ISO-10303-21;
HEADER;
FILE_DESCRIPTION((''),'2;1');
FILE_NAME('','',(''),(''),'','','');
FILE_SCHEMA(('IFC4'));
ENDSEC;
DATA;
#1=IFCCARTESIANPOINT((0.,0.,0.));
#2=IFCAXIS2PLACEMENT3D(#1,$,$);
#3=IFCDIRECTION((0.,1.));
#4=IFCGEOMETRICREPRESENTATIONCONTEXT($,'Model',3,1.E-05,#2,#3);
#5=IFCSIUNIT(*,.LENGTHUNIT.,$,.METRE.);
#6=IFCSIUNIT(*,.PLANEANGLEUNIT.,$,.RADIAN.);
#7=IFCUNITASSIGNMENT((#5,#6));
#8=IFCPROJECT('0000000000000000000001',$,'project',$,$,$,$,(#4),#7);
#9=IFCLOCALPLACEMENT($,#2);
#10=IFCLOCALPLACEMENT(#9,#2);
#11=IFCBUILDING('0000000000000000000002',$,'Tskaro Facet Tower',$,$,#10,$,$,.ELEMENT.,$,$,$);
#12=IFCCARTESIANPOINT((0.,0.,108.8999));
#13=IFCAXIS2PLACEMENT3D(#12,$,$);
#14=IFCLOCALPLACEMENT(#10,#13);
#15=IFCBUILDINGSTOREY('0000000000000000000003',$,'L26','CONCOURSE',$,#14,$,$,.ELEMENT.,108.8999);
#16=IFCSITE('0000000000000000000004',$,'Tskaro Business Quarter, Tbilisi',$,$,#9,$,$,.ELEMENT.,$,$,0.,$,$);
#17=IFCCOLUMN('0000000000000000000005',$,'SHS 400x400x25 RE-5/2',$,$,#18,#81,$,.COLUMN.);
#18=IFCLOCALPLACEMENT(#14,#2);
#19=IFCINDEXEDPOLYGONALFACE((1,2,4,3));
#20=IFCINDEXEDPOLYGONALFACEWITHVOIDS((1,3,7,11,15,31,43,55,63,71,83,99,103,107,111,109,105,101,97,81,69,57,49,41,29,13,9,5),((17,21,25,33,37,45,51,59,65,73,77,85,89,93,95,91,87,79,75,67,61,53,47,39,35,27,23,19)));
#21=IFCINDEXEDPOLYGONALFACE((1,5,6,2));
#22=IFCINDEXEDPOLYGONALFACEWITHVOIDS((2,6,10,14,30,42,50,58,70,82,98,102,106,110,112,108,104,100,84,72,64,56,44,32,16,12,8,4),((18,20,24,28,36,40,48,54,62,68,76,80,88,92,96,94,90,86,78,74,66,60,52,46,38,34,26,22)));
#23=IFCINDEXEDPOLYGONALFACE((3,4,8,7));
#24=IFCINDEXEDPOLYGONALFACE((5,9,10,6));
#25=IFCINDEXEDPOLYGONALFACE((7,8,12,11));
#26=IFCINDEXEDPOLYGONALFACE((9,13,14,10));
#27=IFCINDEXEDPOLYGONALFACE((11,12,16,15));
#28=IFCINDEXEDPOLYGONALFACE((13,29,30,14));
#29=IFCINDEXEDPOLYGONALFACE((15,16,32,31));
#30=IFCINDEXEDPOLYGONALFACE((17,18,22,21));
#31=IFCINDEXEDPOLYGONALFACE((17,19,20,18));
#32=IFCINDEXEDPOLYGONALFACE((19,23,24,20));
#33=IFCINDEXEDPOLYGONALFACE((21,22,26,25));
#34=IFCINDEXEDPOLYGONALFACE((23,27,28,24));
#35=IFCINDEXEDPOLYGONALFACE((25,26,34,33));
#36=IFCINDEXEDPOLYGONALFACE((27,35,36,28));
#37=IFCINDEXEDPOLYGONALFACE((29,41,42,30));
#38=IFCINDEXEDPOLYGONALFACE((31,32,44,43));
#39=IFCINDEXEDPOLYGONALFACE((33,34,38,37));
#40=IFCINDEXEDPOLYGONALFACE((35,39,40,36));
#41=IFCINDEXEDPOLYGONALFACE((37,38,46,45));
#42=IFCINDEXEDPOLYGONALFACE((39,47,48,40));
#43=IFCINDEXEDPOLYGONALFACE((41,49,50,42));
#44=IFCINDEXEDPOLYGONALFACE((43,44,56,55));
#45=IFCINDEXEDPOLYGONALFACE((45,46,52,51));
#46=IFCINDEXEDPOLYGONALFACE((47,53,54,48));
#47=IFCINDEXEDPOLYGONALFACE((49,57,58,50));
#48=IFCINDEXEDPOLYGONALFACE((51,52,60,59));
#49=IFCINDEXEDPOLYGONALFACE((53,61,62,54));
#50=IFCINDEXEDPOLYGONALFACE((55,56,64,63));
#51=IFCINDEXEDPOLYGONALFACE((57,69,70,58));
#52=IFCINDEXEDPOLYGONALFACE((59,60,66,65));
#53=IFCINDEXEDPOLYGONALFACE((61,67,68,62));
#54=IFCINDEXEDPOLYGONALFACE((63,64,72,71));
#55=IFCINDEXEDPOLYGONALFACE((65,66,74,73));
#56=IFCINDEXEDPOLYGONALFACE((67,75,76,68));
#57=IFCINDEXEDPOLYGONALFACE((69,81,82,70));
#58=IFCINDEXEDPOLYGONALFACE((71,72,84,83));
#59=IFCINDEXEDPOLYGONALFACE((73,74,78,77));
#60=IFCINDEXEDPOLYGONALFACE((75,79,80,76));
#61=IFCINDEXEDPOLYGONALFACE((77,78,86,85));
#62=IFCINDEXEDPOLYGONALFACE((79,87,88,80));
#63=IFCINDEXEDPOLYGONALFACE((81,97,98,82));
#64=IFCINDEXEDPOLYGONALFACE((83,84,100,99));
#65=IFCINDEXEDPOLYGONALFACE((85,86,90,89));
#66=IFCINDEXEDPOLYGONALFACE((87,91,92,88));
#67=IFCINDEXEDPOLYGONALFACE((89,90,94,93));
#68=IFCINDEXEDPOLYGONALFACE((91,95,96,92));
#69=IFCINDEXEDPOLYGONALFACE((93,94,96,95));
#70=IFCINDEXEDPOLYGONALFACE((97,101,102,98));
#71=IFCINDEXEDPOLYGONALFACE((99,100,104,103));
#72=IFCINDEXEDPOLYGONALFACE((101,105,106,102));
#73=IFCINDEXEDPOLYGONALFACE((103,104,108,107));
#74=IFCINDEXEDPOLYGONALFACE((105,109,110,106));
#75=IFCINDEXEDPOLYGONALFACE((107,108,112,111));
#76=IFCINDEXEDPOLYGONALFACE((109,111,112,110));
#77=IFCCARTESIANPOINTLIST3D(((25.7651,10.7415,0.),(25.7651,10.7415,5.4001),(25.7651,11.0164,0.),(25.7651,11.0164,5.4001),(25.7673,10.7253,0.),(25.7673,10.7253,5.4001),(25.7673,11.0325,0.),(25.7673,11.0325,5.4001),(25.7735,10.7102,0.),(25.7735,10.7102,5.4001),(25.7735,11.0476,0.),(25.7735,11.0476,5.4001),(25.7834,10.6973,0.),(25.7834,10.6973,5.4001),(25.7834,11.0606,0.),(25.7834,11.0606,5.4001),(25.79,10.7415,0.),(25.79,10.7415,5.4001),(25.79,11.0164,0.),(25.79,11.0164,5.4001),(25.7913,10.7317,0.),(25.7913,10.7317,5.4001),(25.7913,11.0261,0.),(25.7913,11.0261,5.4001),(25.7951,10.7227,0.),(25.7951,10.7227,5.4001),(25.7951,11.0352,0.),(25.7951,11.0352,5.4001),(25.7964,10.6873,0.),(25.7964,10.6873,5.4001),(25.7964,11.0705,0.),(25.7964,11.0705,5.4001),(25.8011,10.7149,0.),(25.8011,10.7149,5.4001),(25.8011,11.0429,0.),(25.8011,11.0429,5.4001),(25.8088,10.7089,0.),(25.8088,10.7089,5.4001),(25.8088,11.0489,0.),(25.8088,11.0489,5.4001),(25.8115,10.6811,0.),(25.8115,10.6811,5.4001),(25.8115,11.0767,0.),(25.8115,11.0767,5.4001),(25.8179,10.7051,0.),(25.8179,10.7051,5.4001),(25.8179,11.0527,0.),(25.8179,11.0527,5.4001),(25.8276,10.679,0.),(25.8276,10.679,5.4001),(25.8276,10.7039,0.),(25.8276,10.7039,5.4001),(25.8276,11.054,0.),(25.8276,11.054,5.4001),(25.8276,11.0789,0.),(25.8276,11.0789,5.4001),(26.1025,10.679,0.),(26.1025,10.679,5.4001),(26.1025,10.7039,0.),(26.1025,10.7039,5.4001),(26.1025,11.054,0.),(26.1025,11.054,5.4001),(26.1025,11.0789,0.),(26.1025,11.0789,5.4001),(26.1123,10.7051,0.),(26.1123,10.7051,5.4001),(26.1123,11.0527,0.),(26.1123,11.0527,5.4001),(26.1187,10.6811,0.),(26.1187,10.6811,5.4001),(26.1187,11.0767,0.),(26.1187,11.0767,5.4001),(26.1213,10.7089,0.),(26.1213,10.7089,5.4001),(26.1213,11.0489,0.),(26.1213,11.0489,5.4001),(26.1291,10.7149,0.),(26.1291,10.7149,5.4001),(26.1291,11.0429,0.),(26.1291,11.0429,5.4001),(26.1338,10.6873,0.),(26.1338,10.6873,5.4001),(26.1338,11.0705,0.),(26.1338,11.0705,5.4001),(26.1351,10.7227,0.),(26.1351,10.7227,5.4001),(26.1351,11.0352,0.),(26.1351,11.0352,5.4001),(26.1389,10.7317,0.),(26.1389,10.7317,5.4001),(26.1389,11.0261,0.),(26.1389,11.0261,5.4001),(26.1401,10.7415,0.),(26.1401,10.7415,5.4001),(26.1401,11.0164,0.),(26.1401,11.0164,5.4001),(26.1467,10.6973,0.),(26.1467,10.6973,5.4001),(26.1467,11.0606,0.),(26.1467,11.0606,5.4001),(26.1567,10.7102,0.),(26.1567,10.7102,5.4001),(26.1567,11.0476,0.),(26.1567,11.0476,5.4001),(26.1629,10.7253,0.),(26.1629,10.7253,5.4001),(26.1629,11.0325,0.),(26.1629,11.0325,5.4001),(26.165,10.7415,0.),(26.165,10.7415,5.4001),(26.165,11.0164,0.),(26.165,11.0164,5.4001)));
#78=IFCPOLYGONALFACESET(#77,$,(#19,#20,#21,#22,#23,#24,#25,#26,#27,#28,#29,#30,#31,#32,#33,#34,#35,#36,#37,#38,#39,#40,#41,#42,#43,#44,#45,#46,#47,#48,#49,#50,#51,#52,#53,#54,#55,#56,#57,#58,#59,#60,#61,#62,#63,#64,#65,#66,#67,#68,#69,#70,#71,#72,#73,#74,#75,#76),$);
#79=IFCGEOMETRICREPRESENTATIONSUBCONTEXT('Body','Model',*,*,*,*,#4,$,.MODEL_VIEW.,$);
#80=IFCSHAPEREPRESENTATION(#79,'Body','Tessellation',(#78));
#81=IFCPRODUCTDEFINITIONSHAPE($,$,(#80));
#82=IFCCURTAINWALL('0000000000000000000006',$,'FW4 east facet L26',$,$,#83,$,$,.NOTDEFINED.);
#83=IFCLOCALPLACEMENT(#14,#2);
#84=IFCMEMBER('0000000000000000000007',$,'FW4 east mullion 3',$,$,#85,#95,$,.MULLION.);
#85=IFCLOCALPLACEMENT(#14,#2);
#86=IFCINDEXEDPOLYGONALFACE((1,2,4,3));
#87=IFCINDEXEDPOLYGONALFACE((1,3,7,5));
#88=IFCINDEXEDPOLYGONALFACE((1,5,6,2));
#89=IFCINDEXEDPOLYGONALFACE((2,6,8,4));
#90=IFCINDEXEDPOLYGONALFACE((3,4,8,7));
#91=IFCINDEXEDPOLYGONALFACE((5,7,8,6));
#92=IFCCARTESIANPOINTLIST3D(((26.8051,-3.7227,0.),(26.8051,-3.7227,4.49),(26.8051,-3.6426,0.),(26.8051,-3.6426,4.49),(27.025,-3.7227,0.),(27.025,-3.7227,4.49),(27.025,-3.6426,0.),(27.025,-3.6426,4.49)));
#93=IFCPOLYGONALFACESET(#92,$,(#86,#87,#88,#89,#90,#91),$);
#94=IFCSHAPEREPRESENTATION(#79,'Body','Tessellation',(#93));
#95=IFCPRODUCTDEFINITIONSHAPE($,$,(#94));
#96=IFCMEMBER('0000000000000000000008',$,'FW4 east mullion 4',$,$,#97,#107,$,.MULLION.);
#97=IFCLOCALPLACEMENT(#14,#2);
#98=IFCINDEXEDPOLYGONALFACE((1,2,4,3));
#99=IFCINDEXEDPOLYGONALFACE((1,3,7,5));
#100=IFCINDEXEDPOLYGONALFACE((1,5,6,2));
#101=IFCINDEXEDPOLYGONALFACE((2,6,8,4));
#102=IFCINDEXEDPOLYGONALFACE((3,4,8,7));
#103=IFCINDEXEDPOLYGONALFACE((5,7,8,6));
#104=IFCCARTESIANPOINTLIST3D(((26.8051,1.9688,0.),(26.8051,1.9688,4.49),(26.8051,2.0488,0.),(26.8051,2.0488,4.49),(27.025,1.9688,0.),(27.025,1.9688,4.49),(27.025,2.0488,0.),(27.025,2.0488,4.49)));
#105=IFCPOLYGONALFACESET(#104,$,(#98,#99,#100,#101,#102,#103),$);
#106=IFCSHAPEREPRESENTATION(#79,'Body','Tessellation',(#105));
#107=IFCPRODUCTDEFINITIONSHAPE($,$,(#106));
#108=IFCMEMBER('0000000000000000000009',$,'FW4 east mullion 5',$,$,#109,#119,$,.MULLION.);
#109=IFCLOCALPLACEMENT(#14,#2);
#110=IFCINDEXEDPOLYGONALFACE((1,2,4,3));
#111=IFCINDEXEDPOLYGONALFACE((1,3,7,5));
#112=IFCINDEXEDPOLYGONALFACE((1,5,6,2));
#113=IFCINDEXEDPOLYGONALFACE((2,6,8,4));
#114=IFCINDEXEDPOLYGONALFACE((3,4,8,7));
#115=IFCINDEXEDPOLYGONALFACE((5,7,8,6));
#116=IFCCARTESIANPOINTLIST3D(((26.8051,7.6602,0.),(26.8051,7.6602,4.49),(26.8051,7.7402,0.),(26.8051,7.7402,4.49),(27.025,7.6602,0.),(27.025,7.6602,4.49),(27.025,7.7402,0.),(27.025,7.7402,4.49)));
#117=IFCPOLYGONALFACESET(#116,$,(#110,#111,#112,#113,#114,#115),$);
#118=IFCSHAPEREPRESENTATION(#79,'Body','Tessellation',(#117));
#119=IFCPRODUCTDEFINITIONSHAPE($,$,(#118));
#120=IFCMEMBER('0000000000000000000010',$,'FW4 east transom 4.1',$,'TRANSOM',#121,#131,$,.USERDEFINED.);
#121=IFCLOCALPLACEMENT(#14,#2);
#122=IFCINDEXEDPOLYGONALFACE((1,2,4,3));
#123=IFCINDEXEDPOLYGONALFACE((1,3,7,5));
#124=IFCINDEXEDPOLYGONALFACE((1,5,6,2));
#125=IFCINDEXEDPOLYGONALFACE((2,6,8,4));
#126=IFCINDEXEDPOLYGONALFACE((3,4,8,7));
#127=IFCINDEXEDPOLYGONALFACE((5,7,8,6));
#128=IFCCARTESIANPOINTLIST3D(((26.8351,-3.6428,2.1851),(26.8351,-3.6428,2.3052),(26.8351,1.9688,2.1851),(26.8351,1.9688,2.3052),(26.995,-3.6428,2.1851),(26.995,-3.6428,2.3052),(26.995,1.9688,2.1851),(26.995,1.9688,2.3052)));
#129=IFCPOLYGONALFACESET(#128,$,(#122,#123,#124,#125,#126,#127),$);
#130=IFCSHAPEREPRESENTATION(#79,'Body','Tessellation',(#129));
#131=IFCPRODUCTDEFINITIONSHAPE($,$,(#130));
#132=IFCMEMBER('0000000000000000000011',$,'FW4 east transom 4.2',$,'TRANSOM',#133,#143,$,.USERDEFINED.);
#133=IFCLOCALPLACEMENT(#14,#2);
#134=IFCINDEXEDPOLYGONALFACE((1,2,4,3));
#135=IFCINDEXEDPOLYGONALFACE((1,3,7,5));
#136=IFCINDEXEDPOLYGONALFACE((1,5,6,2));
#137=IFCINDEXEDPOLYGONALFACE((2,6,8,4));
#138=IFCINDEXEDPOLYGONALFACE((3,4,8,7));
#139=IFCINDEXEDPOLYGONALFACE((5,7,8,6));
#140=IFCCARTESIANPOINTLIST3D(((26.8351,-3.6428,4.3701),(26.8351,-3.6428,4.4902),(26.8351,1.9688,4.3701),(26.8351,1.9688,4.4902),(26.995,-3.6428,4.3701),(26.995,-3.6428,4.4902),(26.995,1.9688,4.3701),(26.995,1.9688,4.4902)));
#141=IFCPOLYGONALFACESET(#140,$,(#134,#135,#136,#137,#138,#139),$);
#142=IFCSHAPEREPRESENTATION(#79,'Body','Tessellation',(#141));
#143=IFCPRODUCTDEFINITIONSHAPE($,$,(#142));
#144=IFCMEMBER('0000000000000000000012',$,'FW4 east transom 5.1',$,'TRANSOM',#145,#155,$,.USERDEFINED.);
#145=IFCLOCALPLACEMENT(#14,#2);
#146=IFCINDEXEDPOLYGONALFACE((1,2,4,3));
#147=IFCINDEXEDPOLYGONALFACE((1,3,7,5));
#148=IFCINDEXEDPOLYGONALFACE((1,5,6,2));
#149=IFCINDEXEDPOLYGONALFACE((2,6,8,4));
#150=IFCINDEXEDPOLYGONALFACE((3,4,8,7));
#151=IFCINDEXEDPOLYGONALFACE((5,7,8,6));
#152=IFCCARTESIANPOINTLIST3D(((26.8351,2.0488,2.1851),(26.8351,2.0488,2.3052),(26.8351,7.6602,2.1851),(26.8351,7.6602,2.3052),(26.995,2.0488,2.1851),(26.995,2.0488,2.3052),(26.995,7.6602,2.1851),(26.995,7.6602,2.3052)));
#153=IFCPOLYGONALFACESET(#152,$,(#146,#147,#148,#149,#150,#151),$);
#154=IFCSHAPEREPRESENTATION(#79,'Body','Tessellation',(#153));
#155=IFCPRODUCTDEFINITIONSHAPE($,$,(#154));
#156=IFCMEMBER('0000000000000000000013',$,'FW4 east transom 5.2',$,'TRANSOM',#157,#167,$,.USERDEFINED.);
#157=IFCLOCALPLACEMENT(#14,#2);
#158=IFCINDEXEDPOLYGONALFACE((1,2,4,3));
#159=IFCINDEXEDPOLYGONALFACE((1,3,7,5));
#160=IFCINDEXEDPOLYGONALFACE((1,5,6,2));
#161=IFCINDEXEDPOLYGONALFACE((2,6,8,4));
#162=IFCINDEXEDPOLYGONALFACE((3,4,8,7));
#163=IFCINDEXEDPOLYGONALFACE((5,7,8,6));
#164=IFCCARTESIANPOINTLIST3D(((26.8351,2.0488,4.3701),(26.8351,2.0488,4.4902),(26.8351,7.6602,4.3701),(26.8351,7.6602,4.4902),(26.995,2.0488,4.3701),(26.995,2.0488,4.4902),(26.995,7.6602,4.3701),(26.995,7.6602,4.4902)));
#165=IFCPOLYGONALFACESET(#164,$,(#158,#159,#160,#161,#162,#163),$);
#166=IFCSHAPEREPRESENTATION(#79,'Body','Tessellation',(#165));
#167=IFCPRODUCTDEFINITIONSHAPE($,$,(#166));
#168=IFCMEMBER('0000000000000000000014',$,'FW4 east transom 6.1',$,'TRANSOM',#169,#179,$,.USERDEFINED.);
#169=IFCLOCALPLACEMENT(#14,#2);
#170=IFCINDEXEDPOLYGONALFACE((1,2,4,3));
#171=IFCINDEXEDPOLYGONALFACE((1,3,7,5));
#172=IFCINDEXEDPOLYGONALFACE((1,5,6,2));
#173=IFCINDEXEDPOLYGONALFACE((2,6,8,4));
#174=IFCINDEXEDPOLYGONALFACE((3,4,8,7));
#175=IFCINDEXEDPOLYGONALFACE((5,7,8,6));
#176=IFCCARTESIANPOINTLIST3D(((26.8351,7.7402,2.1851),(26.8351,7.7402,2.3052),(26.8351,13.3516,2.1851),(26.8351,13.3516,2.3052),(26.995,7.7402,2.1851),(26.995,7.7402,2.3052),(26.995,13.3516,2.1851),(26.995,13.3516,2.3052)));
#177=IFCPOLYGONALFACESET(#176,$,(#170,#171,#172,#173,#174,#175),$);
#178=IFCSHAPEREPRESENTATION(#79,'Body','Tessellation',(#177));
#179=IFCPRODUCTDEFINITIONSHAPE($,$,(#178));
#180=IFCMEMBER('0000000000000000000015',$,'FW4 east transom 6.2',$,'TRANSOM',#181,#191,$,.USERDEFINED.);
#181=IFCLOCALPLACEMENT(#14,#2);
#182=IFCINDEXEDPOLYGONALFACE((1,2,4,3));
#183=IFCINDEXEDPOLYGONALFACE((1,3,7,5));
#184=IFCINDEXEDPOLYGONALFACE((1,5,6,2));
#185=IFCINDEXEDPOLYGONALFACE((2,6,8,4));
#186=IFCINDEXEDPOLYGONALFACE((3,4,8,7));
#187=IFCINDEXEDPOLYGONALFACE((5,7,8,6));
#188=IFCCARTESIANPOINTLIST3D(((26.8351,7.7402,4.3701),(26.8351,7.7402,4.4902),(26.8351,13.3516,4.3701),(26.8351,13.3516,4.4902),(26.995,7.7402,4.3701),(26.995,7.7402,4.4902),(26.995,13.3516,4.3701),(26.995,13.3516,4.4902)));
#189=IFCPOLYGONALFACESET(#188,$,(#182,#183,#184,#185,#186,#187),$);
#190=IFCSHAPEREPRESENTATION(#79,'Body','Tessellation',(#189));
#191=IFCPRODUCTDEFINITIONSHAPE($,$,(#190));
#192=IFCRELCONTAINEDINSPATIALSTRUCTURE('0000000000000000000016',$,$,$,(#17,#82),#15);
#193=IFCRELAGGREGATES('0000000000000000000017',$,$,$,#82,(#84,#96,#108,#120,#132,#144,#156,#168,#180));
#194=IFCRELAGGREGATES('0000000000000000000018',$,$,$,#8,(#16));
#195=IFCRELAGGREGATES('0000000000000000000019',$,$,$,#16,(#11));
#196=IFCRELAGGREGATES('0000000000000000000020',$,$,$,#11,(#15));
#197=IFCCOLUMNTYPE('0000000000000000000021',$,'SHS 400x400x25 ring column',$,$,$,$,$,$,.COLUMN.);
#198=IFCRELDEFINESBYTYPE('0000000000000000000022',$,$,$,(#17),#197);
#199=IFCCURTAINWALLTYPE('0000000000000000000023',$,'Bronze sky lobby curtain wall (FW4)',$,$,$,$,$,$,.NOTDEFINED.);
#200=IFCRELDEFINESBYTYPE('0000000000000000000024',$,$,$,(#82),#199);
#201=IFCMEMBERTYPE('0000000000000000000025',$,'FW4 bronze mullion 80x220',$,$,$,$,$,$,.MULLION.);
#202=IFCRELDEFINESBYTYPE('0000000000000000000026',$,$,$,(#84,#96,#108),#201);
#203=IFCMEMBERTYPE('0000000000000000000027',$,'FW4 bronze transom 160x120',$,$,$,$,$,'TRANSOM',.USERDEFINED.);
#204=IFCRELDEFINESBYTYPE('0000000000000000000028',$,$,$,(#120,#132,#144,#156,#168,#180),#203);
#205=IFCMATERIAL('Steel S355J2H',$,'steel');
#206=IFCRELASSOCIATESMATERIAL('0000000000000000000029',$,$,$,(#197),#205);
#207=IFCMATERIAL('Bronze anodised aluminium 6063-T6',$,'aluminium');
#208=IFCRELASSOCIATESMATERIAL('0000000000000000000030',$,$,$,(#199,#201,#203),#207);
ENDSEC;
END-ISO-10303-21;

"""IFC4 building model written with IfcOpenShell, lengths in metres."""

from ifc_helpers import new_model, si_unit, direction, frame, origin, origin_2d, place, context, subcontext, project, spatial, rectangle, hollow_rectangle, extrude, material, material_profile, profile_set, type_object, element, aggregate, save


model = new_model("IFC4")

# Units and contexts
model_context = context("Model", 3, precision=1e-05, world=origin(), true_north=direction((0.0, 1.0)))
body_context = subcontext(model_context, "Body", "Model", "MODEL_VIEW")
ifc_project = project(units=[si_unit("LENGTHUNIT", "METRE"), si_unit("PLANEANGLEUNIT", "RADIAN")], contexts=[model_context])

# Site, building, storey
site_placement = place(None, origin())
site = spatial("IfcSite", under=ifc_project, at=site_placement, Name="Tskaro Business Quarter, Tbilisi", CompositionType="ELEMENT", RefElevation=0.0)
building_placement = place(site_placement, origin())
building = spatial("IfcBuilding", under=site, at=building_placement, Name="Tskaro Facet Tower", CompositionType="ELEMENT")
storey_placement = place(building_placement, frame((0.0, 0.0, 108.8999)))
storey = spatial("IfcBuildingStorey", under=building, at=storey_placement, Name="L26", Description="CONCOURSE", CompositionType="ELEMENT", Elevation=108.8999)

# Column
ifc_material_1 = material(Name="Steel S355J2H", Category="steel")
ifc_material_profile_1 = material_profile(ifc_material_1, hollow_rectangle(XDim=0.3999, YDim=0.3999, WallThickness=0.0249, InnerFilletRadius=0.0376, OuterFilletRadius=0.0625, at=origin_2d()), Name="SHS 400x400x25")
ifc_profile_set_1 = profile_set([ifc_material_profile_1], Name="Steel S355J2H")
column_type_1 = type_object("IfcColumnType", Name="SHS 400x400x25 ring column", PredefinedType="COLUMN", material=ifc_profile_set_1)
for number, where, z_axis, x_axis, name in (
    (1, (25.9651, 10.8789, 0.0), (0.0, 0.0, 1.0), (1.0, 0.0, 0.0), "SHS 400x400x25 RE-5/2"),
):
    element("IfcColumn", number, at=place(storey_placement, frame(where, z_axis=z_axis, x_axis=x_axis)), inside=storey, type_object=column_type_1, Name=name, PredefinedType="COLUMN", context=body_context, shape_type="SweptSolid", body=[
        extrude(hollow_rectangle(XDim=0.3999, YDim=0.3999, WallThickness=0.0249, InnerFilletRadius=0.0376, OuterFilletRadius=0.0625, at=origin_2d()), origin(), (0.0, 0.0, 1.0), 5.4001),
    ])

# Curtain wall, members
ifc_material_2 = material(Name="Bronze anodised aluminium 6063-T6", Category="aluminium")
curtain_wall_type = type_object("IfcCurtainWallType", Name="Bronze sky lobby curtain wall (FW4)", PredefinedType="NOTDEFINED", material=ifc_material_2)
curtain_wall_placement = place(storey_placement, origin())
curtain_wall = element("IfcCurtainWall", 2, at=curtain_wall_placement, inside=storey, type_object=curtain_wall_type, Name="FW4 east facet L26", PredefinedType="NOTDEFINED")
ifc_material_profile_2 = material_profile(ifc_material_2, rectangle(XDim=0.0801, YDim=0.22, at=origin_2d()), Name="Mullion 80x220")
ifc_profile_set_2 = profile_set([ifc_material_profile_2], Name="Bronze anodised aluminium 6063-T6")
member_type_1 = type_object("IfcMemberType", Name="FW4 bronze mullion 80x220", PredefinedType="MULLION", material=ifc_profile_set_2)
member_1_placement = place(storey_placement, frame((26.915, -3.6826, 0.0), z_axis=(0.0, 0.0, 1.0), x_axis=(0.0, 1.0, 0.0)))
member_1 = element("IfcMember", 3, at=member_1_placement, type_object=member_type_1, Name="FW4 east mullion 3", PredefinedType="MULLION", context=body_context, shape_type="SweptSolid", body=[
    extrude(rectangle(XDim=0.0801, YDim=0.22, at=origin_2d()), origin(), (0.0, 0.0, 1.0), 4.49),
])
member_2_placement = place(storey_placement, frame((26.915, 2.0088, 0.0), z_axis=(0.0, 0.0, 1.0), x_axis=(0.0, 1.0, 0.0)))
member_2 = element("IfcMember", 4, at=member_2_placement, type_object=member_type_1, Name="FW4 east mullion 4", PredefinedType="MULLION", context=body_context, shape_type="SweptSolid", body=[
    extrude(rectangle(XDim=0.0801, YDim=0.22, at=origin_2d()), origin(), (0.0, 0.0, 1.0), 4.49),
])
member_3_placement = place(storey_placement, frame((26.915, 7.7002, 0.0), z_axis=(0.0, 0.0, 1.0), x_axis=(0.0, 1.0, 0.0)))
member_3 = element("IfcMember", 5, at=member_3_placement, type_object=member_type_1, Name="FW4 east mullion 5", PredefinedType="MULLION", context=body_context, shape_type="SweptSolid", body=[
    extrude(rectangle(XDim=0.0801, YDim=0.22, at=origin_2d()), origin(), (0.0, 0.0, 1.0), 4.49),
])
ifc_material_profile_3 = material_profile(ifc_material_2, rectangle(XDim=0.1599, YDim=0.1201, at=origin_2d()), Name="Transom 160x120")
ifc_profile_set_3 = profile_set([ifc_material_profile_3], Name="Bronze anodised aluminium 6063-T6")
member_type_2 = type_object("IfcMemberType", Name="FW4 bronze transom 160x120", ElementType="TRANSOM", PredefinedType="USERDEFINED", material=ifc_profile_set_3)
member_4_placement = place(storey_placement, frame((26.915, -3.6428, 2.2451), z_axis=(0.0, 1.0, 0.0), x_axis=(-1.0, 0.0, 0.0)))
member_4 = element("IfcMember", 6, at=member_4_placement, type_object=member_type_2, Name="FW4 east transom 4.1", ObjectType="TRANSOM", PredefinedType="USERDEFINED", context=body_context, shape_type="SweptSolid", body=[
    extrude(rectangle(XDim=0.1599, YDim=0.1201, at=origin_2d()), origin(), (0.0, 0.0, 1.0), 5.6116),
])
member_5_placement = place(storey_placement, frame((26.915, -3.6428, 4.4302), z_axis=(0.0, 1.0, 0.0), x_axis=(-1.0, 0.0, 0.0)))
member_5 = element("IfcMember", 7, at=member_5_placement, type_object=member_type_2, Name="FW4 east transom 4.2", ObjectType="TRANSOM", PredefinedType="USERDEFINED", context=body_context, shape_type="SweptSolid", body=[
    extrude(rectangle(XDim=0.1599, YDim=0.1201, at=origin_2d()), origin(), (0.0, 0.0, 1.0), 5.6116),
])
member_6_placement = place(storey_placement, frame((26.915, 2.0488, 2.2451), z_axis=(0.0, 1.0, 0.0), x_axis=(-1.0, 0.0, 0.0)))
member_6 = element("IfcMember", 8, at=member_6_placement, type_object=member_type_2, Name="FW4 east transom 5.1", ObjectType="TRANSOM", PredefinedType="USERDEFINED", context=body_context, shape_type="SweptSolid", body=[
    extrude(rectangle(XDim=0.1599, YDim=0.1201, at=origin_2d()), origin(), (0.0, 0.0, 1.0), 5.6113),
])
member_7_placement = place(storey_placement, frame((26.915, 2.0488, 4.4302), z_axis=(0.0, 1.0, 0.0), x_axis=(-1.0, 0.0, 0.0)))
member_7 = element("IfcMember", 9, at=member_7_placement, type_object=member_type_2, Name="FW4 east transom 5.2", ObjectType="TRANSOM", PredefinedType="USERDEFINED", context=body_context, shape_type="SweptSolid", body=[
    extrude(rectangle(XDim=0.1599, YDim=0.1201, at=origin_2d()), origin(), (0.0, 0.0, 1.0), 5.6113),
])
member_8_placement = place(storey_placement, frame((26.915, 7.7402, 2.2451), z_axis=(0.0, 1.0, 0.0), x_axis=(-1.0, 0.0, 0.0)))
member_8 = element("IfcMember", 10, at=member_8_placement, type_object=member_type_2, Name="FW4 east transom 6.1", ObjectType="TRANSOM", PredefinedType="USERDEFINED", context=body_context, shape_type="SweptSolid", body=[
    extrude(rectangle(XDim=0.1599, YDim=0.1201, at=origin_2d()), origin(), (0.0, 0.0, 1.0), 5.6113),
])
member_9_placement = place(storey_placement, frame((26.915, 7.7402, 4.4302), z_axis=(0.0, 1.0, 0.0), x_axis=(-1.0, 0.0, 0.0)))
member_9 = element("IfcMember", 11, at=member_9_placement, type_object=member_type_2, Name="FW4 east transom 6.2", ObjectType="TRANSOM", PredefinedType="USERDEFINED", context=body_context, shape_type="SweptSolid", body=[
    extrude(rectangle(XDim=0.1599, YDim=0.1201, at=origin_2d()), origin(), (0.0, 0.0, 1.0), 5.6113),
])

aggregate(curtain_wall, [member_1, member_2, member_3, member_4, member_5, member_6, member_7, member_8, member_9])

save(model, "model.ifc")
